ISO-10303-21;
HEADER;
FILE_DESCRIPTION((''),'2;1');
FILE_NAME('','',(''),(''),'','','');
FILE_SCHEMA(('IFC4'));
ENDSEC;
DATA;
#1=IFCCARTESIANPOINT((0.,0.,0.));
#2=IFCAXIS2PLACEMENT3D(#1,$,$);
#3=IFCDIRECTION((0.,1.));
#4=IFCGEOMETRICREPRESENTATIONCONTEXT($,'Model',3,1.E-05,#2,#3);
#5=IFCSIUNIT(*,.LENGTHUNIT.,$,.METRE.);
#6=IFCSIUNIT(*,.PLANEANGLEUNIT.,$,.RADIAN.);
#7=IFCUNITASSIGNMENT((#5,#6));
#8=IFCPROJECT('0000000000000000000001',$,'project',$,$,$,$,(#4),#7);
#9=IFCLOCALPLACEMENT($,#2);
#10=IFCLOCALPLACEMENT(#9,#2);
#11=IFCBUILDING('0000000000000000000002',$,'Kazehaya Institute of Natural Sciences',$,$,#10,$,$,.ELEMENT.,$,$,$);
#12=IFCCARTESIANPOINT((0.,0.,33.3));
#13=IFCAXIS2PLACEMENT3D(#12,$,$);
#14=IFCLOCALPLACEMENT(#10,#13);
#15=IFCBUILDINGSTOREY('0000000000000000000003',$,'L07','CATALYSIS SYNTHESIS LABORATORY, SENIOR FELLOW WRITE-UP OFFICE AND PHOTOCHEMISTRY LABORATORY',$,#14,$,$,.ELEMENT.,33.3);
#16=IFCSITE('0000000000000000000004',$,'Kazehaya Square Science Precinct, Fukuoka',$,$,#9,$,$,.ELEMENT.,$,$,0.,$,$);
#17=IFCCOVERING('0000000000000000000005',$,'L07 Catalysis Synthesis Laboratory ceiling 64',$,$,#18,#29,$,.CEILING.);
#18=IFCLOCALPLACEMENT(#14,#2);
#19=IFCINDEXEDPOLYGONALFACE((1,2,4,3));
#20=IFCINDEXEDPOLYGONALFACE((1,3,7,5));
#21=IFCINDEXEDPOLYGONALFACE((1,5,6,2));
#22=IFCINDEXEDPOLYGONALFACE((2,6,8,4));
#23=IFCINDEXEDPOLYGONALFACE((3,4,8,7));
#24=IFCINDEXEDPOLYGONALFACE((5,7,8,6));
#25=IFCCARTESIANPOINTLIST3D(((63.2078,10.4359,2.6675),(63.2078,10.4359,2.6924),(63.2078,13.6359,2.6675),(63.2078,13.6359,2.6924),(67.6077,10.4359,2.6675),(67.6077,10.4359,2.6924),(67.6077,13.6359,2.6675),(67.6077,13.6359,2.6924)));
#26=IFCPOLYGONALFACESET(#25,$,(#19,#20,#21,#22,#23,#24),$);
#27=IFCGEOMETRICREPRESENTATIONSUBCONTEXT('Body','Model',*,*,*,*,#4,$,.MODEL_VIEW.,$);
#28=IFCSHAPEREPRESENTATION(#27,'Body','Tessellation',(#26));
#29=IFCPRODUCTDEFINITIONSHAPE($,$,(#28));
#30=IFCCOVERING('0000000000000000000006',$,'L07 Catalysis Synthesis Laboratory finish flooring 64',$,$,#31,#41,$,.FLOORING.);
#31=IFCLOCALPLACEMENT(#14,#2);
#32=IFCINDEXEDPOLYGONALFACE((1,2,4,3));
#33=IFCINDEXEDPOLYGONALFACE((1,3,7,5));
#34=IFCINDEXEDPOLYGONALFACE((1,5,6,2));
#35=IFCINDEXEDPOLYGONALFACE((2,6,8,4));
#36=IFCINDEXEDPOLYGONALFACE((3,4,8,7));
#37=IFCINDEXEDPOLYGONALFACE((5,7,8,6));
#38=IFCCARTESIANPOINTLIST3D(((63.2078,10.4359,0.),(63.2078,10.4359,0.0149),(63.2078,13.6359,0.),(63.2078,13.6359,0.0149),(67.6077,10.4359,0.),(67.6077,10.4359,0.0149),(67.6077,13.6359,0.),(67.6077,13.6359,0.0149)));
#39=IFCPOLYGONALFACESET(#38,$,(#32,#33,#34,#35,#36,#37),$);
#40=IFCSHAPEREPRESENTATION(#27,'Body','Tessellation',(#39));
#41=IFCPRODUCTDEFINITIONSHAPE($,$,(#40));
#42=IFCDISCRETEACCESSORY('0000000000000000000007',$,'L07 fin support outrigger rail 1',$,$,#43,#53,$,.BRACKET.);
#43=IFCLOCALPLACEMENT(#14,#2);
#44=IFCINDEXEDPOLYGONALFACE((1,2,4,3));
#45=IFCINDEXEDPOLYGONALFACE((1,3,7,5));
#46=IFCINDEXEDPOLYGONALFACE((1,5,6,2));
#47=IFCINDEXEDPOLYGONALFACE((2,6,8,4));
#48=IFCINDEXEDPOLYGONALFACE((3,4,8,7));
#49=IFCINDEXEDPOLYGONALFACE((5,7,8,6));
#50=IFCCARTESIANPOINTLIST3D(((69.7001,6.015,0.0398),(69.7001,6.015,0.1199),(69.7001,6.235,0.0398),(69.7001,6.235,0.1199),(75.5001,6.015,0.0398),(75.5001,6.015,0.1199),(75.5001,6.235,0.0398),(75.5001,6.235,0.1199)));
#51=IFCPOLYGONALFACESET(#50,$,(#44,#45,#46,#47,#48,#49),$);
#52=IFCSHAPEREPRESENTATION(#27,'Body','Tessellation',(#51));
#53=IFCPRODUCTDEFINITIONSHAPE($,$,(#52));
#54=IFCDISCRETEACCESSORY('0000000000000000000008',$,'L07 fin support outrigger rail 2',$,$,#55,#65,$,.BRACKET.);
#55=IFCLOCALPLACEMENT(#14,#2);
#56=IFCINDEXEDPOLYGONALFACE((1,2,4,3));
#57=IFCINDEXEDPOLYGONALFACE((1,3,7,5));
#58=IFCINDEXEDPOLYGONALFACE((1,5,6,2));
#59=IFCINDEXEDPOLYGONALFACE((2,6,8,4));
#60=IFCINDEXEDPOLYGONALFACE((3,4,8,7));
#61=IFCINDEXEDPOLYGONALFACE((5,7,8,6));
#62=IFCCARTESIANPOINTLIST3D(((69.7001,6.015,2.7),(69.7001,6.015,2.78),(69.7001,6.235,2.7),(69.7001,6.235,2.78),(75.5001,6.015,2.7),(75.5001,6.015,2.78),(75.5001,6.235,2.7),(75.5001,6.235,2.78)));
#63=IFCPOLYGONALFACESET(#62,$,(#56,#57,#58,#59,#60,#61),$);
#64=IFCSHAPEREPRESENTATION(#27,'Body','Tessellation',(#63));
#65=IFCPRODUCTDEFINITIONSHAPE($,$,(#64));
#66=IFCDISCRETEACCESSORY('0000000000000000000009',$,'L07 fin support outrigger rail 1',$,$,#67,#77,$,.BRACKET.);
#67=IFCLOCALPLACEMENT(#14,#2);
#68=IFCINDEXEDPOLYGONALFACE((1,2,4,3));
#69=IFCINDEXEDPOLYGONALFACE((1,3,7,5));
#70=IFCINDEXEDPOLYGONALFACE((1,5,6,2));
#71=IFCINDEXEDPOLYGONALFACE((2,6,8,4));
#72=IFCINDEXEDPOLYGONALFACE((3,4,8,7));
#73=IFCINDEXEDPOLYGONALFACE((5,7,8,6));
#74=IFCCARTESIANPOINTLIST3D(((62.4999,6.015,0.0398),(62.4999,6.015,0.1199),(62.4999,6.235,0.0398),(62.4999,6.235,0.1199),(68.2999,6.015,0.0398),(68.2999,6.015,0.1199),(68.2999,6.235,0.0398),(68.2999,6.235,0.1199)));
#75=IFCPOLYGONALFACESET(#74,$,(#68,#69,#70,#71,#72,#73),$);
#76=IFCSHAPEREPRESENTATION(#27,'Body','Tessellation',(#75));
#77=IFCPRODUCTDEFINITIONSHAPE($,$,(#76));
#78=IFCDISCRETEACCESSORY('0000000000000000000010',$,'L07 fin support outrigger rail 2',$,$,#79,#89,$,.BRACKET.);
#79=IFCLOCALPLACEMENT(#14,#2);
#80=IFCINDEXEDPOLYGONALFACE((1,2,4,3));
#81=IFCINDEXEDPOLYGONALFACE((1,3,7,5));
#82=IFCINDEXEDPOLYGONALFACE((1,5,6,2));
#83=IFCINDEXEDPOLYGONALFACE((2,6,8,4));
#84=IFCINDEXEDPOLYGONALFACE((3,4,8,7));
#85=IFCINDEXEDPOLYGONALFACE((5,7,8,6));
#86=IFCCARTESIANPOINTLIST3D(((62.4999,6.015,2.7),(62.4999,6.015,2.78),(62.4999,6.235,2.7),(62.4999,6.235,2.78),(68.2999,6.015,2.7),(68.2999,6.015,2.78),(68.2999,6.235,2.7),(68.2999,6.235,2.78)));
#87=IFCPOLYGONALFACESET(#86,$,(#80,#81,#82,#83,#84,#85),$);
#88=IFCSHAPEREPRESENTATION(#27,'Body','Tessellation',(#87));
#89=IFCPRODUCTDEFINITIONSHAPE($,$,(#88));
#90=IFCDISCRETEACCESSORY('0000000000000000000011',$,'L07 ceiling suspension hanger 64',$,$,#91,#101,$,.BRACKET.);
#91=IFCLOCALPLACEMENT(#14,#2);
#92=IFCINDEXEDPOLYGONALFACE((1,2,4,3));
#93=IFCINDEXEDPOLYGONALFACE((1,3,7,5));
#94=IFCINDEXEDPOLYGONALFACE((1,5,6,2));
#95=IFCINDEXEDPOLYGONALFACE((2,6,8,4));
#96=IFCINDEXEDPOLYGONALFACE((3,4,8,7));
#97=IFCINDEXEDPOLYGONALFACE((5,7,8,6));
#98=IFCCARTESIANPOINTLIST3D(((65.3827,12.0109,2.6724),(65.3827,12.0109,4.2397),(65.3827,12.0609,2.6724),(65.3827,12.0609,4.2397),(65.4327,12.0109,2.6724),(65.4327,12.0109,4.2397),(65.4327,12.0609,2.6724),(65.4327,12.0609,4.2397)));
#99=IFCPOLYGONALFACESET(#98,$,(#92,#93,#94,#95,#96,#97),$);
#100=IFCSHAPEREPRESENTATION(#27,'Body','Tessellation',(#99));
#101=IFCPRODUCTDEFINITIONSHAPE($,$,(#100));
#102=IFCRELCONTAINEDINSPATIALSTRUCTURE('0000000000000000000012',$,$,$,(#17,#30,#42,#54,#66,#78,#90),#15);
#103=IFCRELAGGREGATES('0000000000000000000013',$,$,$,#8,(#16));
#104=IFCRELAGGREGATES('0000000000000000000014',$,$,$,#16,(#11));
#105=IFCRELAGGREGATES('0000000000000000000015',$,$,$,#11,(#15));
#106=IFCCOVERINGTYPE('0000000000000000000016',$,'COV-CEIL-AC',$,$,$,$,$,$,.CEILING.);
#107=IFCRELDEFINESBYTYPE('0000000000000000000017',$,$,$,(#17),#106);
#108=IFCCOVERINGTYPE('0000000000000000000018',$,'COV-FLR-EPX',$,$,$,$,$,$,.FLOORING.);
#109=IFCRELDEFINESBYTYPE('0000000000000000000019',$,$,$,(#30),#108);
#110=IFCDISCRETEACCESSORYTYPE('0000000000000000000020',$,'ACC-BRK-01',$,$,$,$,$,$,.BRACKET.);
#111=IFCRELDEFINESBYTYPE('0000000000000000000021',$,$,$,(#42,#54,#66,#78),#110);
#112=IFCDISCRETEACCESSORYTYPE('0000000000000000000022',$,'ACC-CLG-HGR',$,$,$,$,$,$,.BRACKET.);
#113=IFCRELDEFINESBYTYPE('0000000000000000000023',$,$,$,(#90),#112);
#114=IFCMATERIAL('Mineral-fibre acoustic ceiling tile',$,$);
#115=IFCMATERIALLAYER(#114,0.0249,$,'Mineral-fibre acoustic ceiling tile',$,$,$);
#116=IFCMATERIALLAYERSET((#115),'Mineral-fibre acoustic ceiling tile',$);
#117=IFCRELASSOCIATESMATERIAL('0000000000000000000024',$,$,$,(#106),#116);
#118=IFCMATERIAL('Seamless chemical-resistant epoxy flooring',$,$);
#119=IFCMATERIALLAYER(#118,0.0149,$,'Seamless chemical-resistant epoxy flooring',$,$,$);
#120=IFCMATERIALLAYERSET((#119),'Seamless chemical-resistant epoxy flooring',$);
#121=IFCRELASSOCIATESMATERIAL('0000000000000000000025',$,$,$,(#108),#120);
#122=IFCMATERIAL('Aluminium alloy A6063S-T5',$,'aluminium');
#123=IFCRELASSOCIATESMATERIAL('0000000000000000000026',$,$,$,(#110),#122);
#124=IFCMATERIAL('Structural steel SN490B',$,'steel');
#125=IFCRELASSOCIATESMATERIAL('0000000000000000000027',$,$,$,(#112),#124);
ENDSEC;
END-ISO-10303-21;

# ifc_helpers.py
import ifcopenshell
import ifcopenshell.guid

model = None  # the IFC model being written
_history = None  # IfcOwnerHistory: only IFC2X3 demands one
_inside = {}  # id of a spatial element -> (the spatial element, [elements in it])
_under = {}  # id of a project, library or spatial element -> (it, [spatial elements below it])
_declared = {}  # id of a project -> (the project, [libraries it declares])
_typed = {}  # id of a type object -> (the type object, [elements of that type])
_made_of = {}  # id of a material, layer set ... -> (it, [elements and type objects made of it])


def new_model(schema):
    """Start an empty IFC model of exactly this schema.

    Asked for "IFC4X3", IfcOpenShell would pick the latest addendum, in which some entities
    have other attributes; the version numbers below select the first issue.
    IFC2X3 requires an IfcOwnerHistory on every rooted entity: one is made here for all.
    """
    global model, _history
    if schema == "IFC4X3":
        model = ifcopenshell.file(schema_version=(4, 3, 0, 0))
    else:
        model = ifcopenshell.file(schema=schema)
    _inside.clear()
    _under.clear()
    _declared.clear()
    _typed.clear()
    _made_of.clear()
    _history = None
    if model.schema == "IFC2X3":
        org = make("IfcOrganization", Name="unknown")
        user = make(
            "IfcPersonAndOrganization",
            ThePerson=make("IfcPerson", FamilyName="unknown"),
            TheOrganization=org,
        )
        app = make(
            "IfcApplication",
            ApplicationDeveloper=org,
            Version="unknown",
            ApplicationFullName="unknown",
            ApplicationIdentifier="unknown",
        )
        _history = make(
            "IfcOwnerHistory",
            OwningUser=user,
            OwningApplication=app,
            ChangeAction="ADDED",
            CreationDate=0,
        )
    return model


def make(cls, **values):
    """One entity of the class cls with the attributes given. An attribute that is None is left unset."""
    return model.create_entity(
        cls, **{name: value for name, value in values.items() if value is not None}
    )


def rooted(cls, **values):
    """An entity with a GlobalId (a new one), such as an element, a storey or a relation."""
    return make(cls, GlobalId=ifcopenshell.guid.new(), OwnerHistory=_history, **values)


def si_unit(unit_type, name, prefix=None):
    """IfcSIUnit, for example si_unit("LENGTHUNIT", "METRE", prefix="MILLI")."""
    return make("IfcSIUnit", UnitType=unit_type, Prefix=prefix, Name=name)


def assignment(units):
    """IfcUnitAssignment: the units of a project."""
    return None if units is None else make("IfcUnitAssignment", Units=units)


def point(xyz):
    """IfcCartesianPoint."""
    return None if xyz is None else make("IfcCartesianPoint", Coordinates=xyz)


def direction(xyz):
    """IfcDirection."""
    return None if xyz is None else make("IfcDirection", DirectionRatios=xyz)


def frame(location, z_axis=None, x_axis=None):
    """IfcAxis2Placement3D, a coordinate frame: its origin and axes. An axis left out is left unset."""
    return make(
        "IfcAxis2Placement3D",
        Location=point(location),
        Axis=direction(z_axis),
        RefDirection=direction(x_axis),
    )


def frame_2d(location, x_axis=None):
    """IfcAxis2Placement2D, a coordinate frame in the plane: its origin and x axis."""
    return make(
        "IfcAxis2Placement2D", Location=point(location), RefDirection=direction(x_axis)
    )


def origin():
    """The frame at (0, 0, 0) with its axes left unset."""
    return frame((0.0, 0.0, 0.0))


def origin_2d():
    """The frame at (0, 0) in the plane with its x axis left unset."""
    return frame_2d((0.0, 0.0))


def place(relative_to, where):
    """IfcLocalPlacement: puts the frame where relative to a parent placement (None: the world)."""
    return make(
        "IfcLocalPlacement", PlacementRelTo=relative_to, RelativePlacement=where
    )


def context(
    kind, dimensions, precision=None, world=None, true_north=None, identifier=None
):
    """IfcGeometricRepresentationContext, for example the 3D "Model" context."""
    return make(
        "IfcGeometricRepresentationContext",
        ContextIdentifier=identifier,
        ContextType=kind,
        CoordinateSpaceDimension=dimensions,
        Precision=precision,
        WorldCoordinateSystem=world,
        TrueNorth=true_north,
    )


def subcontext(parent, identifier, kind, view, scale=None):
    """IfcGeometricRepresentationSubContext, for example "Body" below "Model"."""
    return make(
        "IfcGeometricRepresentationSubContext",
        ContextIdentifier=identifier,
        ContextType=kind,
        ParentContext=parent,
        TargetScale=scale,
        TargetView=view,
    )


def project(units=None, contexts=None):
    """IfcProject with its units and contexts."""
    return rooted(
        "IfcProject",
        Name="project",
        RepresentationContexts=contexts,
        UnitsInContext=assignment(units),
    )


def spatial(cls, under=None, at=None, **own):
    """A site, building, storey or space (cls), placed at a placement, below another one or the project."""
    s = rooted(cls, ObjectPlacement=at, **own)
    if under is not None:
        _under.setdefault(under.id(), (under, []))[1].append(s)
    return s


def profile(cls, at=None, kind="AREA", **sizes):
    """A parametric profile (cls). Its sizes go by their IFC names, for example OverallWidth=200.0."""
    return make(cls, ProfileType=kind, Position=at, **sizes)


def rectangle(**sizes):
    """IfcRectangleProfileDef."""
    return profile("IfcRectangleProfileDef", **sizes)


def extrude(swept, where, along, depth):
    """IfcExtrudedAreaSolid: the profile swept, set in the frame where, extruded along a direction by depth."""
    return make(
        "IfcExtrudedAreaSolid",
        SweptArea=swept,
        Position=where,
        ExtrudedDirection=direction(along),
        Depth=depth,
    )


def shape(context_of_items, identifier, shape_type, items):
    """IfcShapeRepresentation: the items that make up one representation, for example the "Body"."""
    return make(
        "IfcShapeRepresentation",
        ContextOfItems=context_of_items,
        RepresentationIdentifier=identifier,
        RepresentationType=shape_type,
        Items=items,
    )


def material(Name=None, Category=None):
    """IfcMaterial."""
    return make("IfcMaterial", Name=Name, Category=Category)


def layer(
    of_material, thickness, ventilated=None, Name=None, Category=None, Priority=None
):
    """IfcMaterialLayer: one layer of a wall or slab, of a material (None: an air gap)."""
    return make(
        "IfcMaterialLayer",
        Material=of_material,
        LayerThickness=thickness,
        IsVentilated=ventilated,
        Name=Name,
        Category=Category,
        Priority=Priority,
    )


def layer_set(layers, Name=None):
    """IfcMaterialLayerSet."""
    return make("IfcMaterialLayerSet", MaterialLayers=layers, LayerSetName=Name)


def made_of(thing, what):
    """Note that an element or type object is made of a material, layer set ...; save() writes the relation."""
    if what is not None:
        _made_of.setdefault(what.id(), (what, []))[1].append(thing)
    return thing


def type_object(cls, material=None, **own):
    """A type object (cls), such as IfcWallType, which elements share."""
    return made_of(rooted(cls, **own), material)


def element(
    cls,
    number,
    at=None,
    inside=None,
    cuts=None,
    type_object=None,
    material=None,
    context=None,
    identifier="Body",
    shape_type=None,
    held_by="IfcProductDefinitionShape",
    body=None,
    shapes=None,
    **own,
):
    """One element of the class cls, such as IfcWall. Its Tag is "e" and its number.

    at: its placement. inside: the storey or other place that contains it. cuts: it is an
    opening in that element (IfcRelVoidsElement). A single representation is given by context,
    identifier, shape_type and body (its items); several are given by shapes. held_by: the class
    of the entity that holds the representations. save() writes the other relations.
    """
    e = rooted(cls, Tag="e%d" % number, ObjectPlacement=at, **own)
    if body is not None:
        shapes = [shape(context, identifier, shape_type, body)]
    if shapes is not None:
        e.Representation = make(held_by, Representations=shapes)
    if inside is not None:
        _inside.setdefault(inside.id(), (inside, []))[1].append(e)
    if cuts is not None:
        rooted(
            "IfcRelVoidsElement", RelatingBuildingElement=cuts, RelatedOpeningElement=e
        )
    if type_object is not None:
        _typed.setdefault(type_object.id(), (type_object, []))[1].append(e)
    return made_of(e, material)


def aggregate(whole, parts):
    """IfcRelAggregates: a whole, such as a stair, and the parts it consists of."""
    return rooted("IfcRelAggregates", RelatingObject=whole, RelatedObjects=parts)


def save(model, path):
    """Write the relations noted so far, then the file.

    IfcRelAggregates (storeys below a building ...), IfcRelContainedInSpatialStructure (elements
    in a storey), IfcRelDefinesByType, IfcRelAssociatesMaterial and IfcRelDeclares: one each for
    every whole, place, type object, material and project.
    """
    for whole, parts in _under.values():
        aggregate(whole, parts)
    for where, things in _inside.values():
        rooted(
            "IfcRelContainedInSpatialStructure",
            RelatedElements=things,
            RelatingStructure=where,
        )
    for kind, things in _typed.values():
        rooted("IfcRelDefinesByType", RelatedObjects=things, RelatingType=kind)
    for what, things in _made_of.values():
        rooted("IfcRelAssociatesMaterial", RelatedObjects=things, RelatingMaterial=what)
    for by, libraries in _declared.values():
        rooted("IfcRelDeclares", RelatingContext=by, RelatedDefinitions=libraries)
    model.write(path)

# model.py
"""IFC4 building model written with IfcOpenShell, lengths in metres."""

from ifc_helpers import new_model, si_unit, direction, frame, origin, origin_2d, place, context, subcontext, project, spatial, rectangle, extrude, material, layer, layer_set, type_object, element, save


model = new_model("IFC4")

# Units and contexts
model_context = context("Model", 3, precision=1e-05, world=origin(), true_north=direction((0.0, 1.0)))
body_context = subcontext(model_context, "Body", "Model", "MODEL_VIEW")
ifc_project = project(units=[si_unit("LENGTHUNIT", "METRE"), si_unit("PLANEANGLEUNIT", "RADIAN")], contexts=[model_context])

# Site, building, storey
site_placement = place(None, origin())
site = spatial("IfcSite", under=ifc_project, at=site_placement, Name="Kazehaya Square Science Precinct, Fukuoka", CompositionType="ELEMENT", RefElevation=0.0)
building_placement = place(site_placement, origin())
building = spatial("IfcBuilding", under=site, at=building_placement, Name="Kazehaya Institute of Natural Sciences", CompositionType="ELEMENT")
storey_placement = place(building_placement, frame((0.0, 0.0, 33.3)))
storey = spatial("IfcBuildingStorey", under=building, at=storey_placement, Name="L07", Description="CATALYSIS SYNTHESIS LABORATORY, SENIOR FELLOW WRITE-UP OFFICE AND PHOTOCHEMISTRY LABORATORY", CompositionType="ELEMENT", Elevation=33.3)

# Shared definitions
ifc_material_1 = material(Name="Aluminium alloy A6063S-T5", Category="aluminium")

# Coverings
ifc_material_2 = material(Name="Mineral-fibre acoustic ceiling tile")
ifc_layer_1 = layer(ifc_material_2, 0.0249, Name="Mineral-fibre acoustic ceiling tile")
ifc_layer_set_1 = layer_set([ifc_layer_1], Name="Mineral-fibre acoustic ceiling tile")
covering_type_1 = type_object("IfcCoveringType", Name="COV-CEIL-AC", PredefinedType="CEILING", material=ifc_layer_set_1)
covering_1_placement = place(storey_placement, frame((65.4077, 12.0359, 2.6675), z_axis=(0.0, 0.0, 1.0), x_axis=(1.0, 0.0, 0.0)))
element("IfcCovering", 1, at=covering_1_placement, inside=storey, type_object=covering_type_1, Name="L07 Catalysis Synthesis Laboratory ceiling 64", PredefinedType="CEILING", context=body_context, shape_type="SweptSolid", body=[
    extrude(rectangle(XDim=4.3999, YDim=3.2, at=origin_2d()), origin(), (0.0, 0.0, 1.0), 0.0249),
])
ifc_material_3 = material(Name="Seamless chemical-resistant epoxy flooring")
ifc_layer_2 = layer(ifc_material_3, 0.0149, Name="Seamless chemical-resistant epoxy flooring")
ifc_layer_set_2 = layer_set([ifc_layer_2], Name="Seamless chemical-resistant epoxy flooring")
covering_type_2 = type_object("IfcCoveringType", Name="COV-FLR-EPX", PredefinedType="FLOORING", material=ifc_layer_set_2)
covering_2_placement = place(storey_placement, frame((65.4077, 12.0359, 0.0), z_axis=(0.0, 0.0, 1.0), x_axis=(1.0, 0.0, 0.0)))
element("IfcCovering", 2, at=covering_2_placement, inside=storey, type_object=covering_type_2, Name="L07 Catalysis Synthesis Laboratory finish flooring 64", PredefinedType="FLOORING", context=body_context, shape_type="SweptSolid", body=[
    extrude(rectangle(XDim=4.3999, YDim=3.2, at=origin_2d()), origin(), (0.0, 0.0, 1.0), 0.0149),
])

# Discrete accessories
discrete_accessory_type_1 = type_object("IfcDiscreteAccessoryType", Name="ACC-BRK-01", PredefinedType="BRACKET", material=ifc_material_1)
for number, where, z_axis, x_axis, name in (
    (3, (72.6001, 6.125, 0.0398), (0.0, 0.0, 1.0), (-1.0, 0.0, 0.0), "L07 fin support outrigger rail 1"),
    (4, (72.6001, 6.125, 2.7), (0.0, 0.0, 1.0), (-1.0, 0.0, 0.0), "L07 fin support outrigger rail 2"),
    (5, (65.3999, 6.125, 0.0398), (0.0, 0.0, 1.0), (-1.0, 0.0, 0.0), "L07 fin support outrigger rail 1"),
    (6, (65.3999, 6.125, 2.7), (0.0, 0.0, 1.0), (-1.0, 0.0, 0.0), "L07 fin support outrigger rail 2"),
):
    element("IfcDiscreteAccessory", number, at=place(storey_placement, frame(where, z_axis=z_axis, x_axis=x_axis)), inside=storey, type_object=discrete_accessory_type_1, Name=name, PredefinedType="BRACKET", context=body_context, shape_type="SweptSolid", body=[
        extrude(rectangle(XDim=5.8, YDim=0.22, at=origin_2d()), origin(), (0.0, 0.0, 1.0), 0.0801),
    ])
ifc_material_4 = material(Name="Structural steel SN490B", Category="steel")
discrete_accessory_type_2 = type_object("IfcDiscreteAccessoryType", Name="ACC-CLG-HGR", PredefinedType="BRACKET", material=ifc_material_4)
discrete_accessory_placement = place(storey_placement, frame((65.4077, 12.0359, 2.6724), z_axis=(0.0, 0.0, 1.0), x_axis=(1.0, 0.0, 0.0)))
element("IfcDiscreteAccessory", 7, at=discrete_accessory_placement, inside=storey, type_object=discrete_accessory_type_2, Name="L07 ceiling suspension hanger 64", PredefinedType="BRACKET", context=body_context, shape_type="SweptSolid", body=[
    extrude(rectangle(XDim=0.05, YDim=0.05, at=origin_2d()), origin(), (0.0, 0.0, 1.0), 1.5674),
])

save(model, "model.ifc")
